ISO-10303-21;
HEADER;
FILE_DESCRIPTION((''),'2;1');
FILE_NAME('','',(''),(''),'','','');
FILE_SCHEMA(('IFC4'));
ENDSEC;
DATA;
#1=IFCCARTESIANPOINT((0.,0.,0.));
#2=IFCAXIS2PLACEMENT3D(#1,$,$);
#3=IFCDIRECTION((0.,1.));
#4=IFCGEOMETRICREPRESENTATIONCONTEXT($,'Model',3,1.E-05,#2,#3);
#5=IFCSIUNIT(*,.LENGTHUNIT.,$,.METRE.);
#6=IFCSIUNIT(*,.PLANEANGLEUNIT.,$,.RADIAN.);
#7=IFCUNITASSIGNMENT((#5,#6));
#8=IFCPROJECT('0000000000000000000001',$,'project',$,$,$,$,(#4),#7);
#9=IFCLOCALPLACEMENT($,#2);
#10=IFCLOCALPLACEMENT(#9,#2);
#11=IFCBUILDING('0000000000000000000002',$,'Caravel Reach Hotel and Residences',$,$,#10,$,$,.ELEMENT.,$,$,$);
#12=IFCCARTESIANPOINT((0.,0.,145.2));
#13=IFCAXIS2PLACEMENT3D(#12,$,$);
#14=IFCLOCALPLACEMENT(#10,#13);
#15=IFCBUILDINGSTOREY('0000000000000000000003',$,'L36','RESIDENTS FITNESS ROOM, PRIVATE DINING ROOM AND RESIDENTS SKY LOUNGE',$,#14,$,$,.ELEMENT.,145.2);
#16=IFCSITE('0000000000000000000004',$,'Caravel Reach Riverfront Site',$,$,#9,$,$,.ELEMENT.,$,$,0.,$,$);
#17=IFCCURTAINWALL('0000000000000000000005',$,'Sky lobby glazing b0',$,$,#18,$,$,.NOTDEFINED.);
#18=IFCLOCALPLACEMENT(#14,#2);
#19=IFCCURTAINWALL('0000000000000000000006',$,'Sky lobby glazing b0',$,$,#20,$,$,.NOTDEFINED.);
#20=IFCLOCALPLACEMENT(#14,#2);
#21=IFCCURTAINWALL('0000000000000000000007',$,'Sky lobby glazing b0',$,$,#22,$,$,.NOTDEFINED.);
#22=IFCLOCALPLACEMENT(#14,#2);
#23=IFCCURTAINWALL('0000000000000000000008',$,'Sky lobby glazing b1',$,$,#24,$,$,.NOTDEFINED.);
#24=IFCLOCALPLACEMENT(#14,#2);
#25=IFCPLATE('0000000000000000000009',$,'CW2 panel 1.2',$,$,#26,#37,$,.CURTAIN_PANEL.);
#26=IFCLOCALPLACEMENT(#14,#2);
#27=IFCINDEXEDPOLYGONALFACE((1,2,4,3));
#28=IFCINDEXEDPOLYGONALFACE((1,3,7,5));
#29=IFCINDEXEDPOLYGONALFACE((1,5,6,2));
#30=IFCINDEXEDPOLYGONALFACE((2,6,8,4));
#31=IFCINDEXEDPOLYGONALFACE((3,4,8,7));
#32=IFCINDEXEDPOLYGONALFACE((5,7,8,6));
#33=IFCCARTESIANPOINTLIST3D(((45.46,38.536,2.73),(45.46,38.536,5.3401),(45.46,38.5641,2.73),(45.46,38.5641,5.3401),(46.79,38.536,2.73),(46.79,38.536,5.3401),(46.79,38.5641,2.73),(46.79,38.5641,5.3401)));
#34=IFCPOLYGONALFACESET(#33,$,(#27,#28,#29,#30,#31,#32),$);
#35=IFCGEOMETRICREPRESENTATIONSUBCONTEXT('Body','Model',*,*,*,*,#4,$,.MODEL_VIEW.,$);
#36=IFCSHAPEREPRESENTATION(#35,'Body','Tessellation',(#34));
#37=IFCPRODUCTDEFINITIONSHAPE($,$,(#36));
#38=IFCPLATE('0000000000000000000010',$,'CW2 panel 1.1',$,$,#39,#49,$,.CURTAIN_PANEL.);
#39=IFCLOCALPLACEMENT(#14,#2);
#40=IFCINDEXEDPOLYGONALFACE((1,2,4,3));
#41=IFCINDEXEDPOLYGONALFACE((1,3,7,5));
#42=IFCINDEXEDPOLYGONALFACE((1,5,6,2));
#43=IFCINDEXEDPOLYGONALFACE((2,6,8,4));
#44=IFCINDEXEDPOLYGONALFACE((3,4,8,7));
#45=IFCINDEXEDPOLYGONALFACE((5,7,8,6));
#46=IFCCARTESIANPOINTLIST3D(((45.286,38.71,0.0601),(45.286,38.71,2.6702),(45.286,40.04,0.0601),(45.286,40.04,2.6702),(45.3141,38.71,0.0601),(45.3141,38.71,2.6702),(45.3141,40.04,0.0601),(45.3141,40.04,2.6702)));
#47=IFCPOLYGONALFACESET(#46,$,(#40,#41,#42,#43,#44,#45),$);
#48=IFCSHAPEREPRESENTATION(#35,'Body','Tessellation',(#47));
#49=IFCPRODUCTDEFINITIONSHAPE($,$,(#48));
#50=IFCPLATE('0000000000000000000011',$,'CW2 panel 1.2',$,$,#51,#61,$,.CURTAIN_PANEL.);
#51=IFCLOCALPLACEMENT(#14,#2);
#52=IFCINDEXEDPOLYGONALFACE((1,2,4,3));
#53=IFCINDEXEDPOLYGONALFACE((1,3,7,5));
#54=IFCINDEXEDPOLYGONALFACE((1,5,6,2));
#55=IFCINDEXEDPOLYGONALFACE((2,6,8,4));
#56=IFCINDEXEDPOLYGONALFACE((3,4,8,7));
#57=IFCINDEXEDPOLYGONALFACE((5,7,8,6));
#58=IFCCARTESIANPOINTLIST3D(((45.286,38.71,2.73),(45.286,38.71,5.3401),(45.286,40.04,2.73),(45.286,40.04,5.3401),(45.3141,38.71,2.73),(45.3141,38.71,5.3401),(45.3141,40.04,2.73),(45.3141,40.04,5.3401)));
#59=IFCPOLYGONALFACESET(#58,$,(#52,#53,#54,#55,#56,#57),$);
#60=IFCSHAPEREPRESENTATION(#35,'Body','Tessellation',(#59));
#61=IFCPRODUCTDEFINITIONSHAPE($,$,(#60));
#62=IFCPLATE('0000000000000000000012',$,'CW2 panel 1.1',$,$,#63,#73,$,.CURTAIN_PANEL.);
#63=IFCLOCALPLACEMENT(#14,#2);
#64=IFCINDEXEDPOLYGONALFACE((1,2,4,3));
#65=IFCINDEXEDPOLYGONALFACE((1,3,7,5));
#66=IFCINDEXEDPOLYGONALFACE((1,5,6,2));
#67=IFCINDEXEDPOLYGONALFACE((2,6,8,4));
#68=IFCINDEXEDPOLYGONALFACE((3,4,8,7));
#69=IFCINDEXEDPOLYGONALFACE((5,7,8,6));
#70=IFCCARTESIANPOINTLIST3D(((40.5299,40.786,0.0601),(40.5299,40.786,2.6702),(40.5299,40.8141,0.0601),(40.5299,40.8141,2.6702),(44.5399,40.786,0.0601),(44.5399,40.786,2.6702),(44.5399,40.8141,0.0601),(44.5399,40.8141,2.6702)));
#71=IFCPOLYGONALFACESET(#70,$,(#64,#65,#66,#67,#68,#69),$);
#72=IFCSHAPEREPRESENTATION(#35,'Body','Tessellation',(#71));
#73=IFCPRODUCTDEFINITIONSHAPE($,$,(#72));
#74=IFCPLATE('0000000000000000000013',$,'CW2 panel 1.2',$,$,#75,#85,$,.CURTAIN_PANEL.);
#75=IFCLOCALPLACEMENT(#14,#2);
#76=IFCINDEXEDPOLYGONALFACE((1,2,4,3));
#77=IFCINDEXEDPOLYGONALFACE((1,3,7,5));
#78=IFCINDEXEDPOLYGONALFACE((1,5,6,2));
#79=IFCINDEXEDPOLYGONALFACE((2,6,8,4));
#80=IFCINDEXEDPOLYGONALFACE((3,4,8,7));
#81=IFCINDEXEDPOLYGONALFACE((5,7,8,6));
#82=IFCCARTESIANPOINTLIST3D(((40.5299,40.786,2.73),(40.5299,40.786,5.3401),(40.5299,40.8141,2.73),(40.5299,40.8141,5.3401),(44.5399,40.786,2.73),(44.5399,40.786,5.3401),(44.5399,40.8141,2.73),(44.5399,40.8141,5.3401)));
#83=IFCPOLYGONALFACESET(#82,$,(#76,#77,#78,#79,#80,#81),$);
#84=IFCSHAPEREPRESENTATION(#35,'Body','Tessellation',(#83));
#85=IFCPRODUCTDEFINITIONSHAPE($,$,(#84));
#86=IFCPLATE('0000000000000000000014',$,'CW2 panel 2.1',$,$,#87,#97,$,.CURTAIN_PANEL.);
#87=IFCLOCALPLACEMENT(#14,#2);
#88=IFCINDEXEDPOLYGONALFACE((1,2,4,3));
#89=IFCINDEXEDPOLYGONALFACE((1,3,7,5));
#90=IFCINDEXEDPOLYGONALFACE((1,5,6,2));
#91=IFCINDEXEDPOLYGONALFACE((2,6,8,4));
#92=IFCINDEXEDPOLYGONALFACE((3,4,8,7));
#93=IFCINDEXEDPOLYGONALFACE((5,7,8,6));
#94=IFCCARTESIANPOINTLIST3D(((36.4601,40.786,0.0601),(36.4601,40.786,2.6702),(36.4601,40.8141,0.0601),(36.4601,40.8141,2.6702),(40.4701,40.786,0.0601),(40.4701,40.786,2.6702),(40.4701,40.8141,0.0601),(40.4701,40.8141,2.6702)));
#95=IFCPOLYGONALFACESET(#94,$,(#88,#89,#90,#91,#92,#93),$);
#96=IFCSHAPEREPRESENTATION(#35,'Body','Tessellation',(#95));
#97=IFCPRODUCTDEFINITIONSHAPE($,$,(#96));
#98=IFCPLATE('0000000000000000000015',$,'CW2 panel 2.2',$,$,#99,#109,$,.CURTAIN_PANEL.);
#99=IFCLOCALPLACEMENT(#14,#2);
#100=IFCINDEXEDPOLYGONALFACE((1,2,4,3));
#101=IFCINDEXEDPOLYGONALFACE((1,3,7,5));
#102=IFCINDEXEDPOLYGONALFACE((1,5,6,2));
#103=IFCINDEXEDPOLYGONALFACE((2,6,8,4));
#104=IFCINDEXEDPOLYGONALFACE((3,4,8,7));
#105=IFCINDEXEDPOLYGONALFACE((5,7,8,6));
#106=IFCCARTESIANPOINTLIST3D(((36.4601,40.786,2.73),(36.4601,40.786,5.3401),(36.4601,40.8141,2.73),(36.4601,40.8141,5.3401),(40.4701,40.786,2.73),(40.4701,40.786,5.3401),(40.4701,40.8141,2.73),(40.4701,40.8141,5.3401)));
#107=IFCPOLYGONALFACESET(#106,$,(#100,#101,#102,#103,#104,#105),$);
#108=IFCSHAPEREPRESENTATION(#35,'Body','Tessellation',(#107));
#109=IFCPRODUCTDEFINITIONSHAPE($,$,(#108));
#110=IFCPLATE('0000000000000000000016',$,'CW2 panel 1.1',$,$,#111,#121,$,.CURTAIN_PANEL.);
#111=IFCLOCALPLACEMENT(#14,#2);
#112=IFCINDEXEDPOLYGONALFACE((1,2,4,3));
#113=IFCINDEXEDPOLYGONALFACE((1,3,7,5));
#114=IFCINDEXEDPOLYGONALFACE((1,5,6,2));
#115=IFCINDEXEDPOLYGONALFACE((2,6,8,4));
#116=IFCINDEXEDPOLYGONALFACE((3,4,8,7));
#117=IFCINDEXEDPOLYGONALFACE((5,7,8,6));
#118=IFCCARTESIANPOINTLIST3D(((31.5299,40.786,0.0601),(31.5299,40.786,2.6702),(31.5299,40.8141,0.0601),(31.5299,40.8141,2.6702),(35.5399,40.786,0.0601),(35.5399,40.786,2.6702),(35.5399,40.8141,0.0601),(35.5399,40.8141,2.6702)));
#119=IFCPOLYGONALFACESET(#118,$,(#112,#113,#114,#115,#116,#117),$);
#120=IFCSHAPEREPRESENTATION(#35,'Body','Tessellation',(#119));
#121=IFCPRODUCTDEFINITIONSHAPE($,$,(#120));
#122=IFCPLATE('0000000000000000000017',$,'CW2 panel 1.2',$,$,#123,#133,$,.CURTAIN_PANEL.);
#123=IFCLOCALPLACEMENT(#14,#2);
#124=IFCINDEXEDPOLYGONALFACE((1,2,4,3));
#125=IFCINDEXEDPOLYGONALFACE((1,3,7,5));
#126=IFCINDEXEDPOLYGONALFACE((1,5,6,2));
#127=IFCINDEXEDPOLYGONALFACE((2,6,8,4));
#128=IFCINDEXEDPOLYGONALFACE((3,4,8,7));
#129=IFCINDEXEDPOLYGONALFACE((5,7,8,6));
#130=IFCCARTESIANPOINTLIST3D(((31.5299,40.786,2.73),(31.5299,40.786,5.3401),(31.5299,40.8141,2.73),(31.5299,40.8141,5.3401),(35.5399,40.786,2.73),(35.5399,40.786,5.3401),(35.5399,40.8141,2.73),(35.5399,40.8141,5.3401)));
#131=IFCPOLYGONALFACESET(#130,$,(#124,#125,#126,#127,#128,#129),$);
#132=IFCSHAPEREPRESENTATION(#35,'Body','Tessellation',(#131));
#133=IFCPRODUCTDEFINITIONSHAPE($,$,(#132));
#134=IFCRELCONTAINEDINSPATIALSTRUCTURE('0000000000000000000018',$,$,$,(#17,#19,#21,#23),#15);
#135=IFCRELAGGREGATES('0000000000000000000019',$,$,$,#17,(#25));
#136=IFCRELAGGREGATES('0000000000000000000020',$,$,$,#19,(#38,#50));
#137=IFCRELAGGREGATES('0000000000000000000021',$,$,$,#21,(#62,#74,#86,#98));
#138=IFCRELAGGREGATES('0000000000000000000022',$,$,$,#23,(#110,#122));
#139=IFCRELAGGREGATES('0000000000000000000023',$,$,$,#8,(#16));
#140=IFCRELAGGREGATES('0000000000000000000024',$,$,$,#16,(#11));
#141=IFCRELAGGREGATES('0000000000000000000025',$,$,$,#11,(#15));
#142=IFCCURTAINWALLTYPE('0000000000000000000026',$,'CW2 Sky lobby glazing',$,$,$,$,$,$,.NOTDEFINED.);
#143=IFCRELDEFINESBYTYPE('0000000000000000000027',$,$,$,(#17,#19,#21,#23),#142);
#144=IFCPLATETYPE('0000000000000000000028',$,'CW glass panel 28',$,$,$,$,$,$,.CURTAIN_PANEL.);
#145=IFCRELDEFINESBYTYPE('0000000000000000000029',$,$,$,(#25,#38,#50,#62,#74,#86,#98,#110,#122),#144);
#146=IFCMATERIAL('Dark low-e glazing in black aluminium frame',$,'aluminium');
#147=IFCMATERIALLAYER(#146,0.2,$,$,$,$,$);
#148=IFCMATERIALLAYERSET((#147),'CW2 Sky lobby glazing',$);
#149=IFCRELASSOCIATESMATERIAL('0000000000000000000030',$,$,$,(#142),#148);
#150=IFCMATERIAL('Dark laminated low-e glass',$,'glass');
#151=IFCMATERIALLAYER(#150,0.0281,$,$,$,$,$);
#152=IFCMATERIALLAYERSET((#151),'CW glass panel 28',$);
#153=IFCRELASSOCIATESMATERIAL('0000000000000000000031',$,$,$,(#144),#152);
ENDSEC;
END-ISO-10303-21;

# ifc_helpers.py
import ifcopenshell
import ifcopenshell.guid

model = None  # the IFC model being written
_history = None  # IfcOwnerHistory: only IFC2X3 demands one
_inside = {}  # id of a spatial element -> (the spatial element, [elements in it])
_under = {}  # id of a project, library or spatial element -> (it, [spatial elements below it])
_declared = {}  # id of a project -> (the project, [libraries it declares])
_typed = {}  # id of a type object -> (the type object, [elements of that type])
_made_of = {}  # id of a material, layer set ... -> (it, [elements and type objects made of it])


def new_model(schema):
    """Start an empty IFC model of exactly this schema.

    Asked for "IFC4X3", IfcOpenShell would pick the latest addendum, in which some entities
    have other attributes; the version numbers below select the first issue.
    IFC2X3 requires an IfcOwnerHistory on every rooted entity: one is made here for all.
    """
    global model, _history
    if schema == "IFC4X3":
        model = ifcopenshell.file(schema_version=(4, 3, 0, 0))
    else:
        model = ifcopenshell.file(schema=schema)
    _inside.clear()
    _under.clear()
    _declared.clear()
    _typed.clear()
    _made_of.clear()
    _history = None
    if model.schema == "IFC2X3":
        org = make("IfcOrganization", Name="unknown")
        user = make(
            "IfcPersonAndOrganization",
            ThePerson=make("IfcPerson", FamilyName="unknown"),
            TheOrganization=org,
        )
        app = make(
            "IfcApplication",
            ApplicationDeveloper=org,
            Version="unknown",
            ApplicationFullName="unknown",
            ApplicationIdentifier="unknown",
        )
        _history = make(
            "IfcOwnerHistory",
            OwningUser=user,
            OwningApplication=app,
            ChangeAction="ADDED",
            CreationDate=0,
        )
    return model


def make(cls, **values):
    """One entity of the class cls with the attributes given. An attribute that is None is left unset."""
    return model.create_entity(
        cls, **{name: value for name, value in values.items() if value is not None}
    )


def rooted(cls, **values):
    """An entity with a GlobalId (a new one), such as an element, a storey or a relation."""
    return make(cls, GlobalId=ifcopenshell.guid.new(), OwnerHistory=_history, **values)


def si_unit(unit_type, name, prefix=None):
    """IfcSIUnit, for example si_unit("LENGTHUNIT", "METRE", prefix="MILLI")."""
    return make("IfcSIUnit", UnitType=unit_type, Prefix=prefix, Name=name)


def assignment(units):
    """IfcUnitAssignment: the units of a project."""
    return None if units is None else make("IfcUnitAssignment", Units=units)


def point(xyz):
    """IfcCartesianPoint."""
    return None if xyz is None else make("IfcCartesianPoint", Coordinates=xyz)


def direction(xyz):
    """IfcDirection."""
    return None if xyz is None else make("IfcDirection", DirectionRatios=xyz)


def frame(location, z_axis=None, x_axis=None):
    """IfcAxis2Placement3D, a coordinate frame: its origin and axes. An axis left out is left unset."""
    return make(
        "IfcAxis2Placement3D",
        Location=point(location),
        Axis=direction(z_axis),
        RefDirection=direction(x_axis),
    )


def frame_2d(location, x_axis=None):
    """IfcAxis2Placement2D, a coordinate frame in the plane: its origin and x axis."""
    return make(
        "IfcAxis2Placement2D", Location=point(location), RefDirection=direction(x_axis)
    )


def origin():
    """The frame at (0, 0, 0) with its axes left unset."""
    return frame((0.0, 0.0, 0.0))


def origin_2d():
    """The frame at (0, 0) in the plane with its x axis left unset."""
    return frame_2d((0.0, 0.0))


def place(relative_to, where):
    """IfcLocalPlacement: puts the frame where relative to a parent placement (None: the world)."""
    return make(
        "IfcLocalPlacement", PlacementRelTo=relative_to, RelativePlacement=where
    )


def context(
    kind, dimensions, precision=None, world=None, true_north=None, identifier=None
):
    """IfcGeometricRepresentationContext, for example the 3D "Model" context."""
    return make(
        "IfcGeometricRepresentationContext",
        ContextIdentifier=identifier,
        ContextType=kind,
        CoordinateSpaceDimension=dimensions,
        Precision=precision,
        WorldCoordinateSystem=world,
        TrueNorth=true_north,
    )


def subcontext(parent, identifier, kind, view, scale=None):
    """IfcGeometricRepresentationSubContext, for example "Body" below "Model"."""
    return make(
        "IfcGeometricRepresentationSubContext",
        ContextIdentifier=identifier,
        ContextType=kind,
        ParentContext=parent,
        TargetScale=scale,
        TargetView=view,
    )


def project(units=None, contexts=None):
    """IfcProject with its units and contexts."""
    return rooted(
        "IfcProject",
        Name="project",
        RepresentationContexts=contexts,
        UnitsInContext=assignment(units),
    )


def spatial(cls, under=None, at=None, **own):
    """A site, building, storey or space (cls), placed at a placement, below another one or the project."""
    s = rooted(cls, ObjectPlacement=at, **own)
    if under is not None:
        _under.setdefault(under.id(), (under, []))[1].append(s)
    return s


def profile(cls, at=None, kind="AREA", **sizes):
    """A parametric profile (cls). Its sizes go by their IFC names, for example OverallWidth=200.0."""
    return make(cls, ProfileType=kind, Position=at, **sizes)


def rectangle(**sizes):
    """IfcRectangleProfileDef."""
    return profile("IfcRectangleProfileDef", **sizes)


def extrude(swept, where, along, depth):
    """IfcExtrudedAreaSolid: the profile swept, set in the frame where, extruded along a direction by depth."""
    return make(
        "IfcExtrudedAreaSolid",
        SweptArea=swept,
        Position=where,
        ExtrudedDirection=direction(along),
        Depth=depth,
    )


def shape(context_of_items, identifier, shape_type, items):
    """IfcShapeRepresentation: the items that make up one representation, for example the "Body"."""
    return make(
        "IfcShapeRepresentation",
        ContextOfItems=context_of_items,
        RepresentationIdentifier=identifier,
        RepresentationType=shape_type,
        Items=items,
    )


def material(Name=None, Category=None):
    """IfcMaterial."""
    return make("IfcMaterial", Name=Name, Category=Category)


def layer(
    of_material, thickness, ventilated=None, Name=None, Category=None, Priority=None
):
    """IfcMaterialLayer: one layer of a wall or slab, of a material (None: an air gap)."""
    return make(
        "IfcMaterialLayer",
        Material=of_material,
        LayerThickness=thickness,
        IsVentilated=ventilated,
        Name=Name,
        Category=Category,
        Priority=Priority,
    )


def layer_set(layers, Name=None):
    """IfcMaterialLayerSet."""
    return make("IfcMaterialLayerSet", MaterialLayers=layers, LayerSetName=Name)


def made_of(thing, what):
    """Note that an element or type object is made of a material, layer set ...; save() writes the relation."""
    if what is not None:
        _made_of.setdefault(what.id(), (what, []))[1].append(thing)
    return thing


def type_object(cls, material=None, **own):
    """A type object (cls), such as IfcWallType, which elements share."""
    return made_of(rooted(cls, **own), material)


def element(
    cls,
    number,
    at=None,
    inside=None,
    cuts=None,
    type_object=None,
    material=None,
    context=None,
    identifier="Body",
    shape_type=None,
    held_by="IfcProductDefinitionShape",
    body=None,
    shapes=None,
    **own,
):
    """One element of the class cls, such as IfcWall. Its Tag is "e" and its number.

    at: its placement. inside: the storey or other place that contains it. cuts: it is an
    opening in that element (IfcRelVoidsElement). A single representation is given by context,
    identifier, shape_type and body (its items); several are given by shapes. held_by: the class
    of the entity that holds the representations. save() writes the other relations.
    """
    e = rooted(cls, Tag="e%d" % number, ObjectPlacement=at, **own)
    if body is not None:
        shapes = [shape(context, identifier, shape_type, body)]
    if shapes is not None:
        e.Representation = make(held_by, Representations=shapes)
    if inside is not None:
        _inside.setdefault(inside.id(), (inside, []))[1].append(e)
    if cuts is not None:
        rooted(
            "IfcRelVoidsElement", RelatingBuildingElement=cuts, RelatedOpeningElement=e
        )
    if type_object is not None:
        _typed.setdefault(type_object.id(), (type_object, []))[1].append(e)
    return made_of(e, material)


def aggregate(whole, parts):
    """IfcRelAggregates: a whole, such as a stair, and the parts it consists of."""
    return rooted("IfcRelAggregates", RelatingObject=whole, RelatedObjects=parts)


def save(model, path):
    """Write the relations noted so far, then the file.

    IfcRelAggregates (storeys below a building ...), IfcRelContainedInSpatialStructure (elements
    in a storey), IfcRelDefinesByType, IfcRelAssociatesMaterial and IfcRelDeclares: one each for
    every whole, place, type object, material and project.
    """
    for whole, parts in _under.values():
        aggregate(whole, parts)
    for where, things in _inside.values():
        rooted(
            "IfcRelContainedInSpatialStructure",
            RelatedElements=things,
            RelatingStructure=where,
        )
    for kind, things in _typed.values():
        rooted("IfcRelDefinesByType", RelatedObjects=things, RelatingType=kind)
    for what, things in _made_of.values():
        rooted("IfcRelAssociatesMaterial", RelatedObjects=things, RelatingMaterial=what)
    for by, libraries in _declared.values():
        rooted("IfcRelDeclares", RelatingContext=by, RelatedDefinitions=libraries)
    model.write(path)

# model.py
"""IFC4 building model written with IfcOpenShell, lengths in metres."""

from ifc_helpers import new_model, si_unit, direction, frame, origin, origin_2d, place, context, subcontext, project, spatial, rectangle, extrude, material, layer, layer_set, type_object, element, aggregate, save


model = new_model("IFC4")

# Units and contexts
model_context = context("Model", 3, precision=1e-05, world=origin(), true_north=direction((0.0, 1.0)))
body_context = subcontext(model_context, "Body", "Model", "MODEL_VIEW")
ifc_project = project(units=[si_unit("LENGTHUNIT", "METRE"), si_unit("PLANEANGLEUNIT", "RADIAN")], contexts=[model_context])

# Site, building, storey
site_placement = place(None, origin())
site = spatial("IfcSite", under=ifc_project, at=site_placement, Name="Caravel Reach Riverfront Site", CompositionType="ELEMENT", RefElevation=0.0)
building_placement = place(site_placement, origin())
building = spatial("IfcBuilding", under=site, at=building_placement, Name="Caravel Reach Hotel and Residences", CompositionType="ELEMENT")
storey_placement = place(building_placement, frame((0.0, 0.0, 145.2)))
storey = spatial("IfcBuildingStorey", under=building, at=storey_placement, Name="L36", Description="RESIDENTS FITNESS ROOM, PRIVATE DINING ROOM AND RESIDENTS SKY LOUNGE", CompositionType="ELEMENT", Elevation=145.2)

# Curtain walls
ifc_material_1 = material(Name="Dark low-e glazing in black aluminium frame", Category="aluminium")
ifc_layer_1 = layer(ifc_material_1, 0.2)
ifc_layer_set_1 = layer_set([ifc_layer_1], Name="CW2 Sky lobby glazing")
curtain_wall_type = type_object("IfcCurtainWallType", Name="CW2 Sky lobby glazing", PredefinedType="NOTDEFINED", material=ifc_layer_set_1)
curtain_wall_1_placement = place(storey_placement, origin())
curtain_wall_1 = element("IfcCurtainWall", 1, at=curtain_wall_1_placement, inside=storey, type_object=curtain_wall_type, Name="Sky lobby glazing b0", PredefinedType="NOTDEFINED")
curtain_wall_2_placement = place(storey_placement, origin())
curtain_wall_2 = element("IfcCurtainWall", 2, at=curtain_wall_2_placement, inside=storey, type_object=curtain_wall_type, Name="Sky lobby glazing b0", PredefinedType="NOTDEFINED")
curtain_wall_3_placement = place(storey_placement, origin())
curtain_wall_3 = element("IfcCurtainWall", 3, at=curtain_wall_3_placement, inside=storey, type_object=curtain_wall_type, Name="Sky lobby glazing b0", PredefinedType="NOTDEFINED")
curtain_wall_4_placement = place(storey_placement, origin())
curtain_wall_4 = element("IfcCurtainWall", 4, at=curtain_wall_4_placement, inside=storey, type_object=curtain_wall_type, Name="Sky lobby glazing b1", PredefinedType="NOTDEFINED")

# Plates
ifc_material_2 = material(Name="Dark laminated low-e glass", Category="glass")
ifc_layer_2 = layer(ifc_material_2, 0.0281)
ifc_layer_set_2 = layer_set([ifc_layer_2], Name="CW glass panel 28")
plate_type = type_object("IfcPlateType", Name="CW glass panel 28", PredefinedType="CURTAIN_PANEL", material=ifc_layer_set_2)
plate_1_placement = place(storey_placement, frame((46.125, 38.55, 2.73), z_axis=(0.0, 0.0, 1.0), x_axis=(-1.0, 0.0, 0.0)))
plate_1 = element("IfcPlate", 5, at=plate_1_placement, type_object=plate_type, Name="CW2 panel 1.2", PredefinedType="CURTAIN_PANEL", context=body_context, shape_type="SweptSolid", body=[
    extrude(rectangle(XDim=1.3301, YDim=0.0281, at=origin_2d()), origin(), (0.0, 0.0, 1.0), 2.6101),
])
aggregate(curtain_wall_1, [plate_1])
plate_2_placement = place(storey_placement, frame((45.3, 39.375, 0.0601), z_axis=(0.0, 0.0, 1.0), x_axis=(0.0, 1.0, 0.0)))
plate_2 = element("IfcPlate", 6, at=plate_2_placement, type_object=plate_type, Name="CW2 panel 1.1", PredefinedType="CURTAIN_PANEL", context=body_context, shape_type="SweptSolid", body=[
    extrude(rectangle(XDim=1.3301, YDim=0.0281, at=origin_2d()), origin(), (0.0, 0.0, 1.0), 2.6101),
])
plate_3_placement = place(storey_placement, frame((45.3, 39.375, 2.73), z_axis=(0.0, 0.0, 1.0), x_axis=(0.0, 1.0, 0.0)))
plate_3 = element("IfcPlate", 7, at=plate_3_placement, type_object=plate_type, Name="CW2 panel 1.2", PredefinedType="CURTAIN_PANEL", context=body_context, shape_type="SweptSolid", body=[
    extrude(rectangle(XDim=1.3301, YDim=0.0281, at=origin_2d()), origin(), (0.0, 0.0, 1.0), 2.6101),
])
aggregate(curtain_wall_2, [plate_2, plate_3])
plate_4_placement = place(storey_placement, frame((42.5349, 40.8, 0.0601), z_axis=(0.0, 0.0, 1.0), x_axis=(-1.0, 0.0, 0.0)))
plate_4 = element("IfcPlate", 8, at=plate_4_placement, type_object=plate_type, Name="CW2 panel 1.1", PredefinedType="CURTAIN_PANEL", context=body_context, shape_type="SweptSolid", body=[
    extrude(rectangle(XDim=4.01, YDim=0.0281, at=origin_2d()), origin(), (0.0, 0.0, 1.0), 2.6101),
])
plate_5_placement = place(storey_placement, frame((42.5349, 40.8, 2.73), z_axis=(0.0, 0.0, 1.0), x_axis=(-1.0, 0.0, 0.0)))
plate_5 = element("IfcPlate", 9, at=plate_5_placement, type_object=plate_type, Name="CW2 panel 1.2", PredefinedType="CURTAIN_PANEL", context=body_context, shape_type="SweptSolid", body=[
    extrude(rectangle(XDim=4.01, YDim=0.0281, at=origin_2d()), origin(), (0.0, 0.0, 1.0), 2.6101),
])
plate_6_placement = place(storey_placement, frame((38.4651, 40.8, 0.0601), z_axis=(0.0, 0.0, 1.0), x_axis=(-1.0, 0.0, 0.0)))
plate_6 = element("IfcPlate", 10, at=plate_6_placement, type_object=plate_type, Name="CW2 panel 2.1", PredefinedType="CURTAIN_PANEL", context=body_context, shape_type="SweptSolid", body=[
    extrude(rectangle(XDim=4.01, YDim=0.0281, at=origin_2d()), origin(), (0.0, 0.0, 1.0), 2.6101),
])
plate_7_placement = place(storey_placement, frame((38.4651, 40.8, 2.73), z_axis=(0.0, 0.0, 1.0), x_axis=(-1.0, 0.0, 0.0)))
plate_7 = element("IfcPlate", 11, at=plate_7_placement, type_object=plate_type, Name="CW2 panel 2.2", PredefinedType="CURTAIN_PANEL", context=body_context, shape_type="SweptSolid", body=[
    extrude(rectangle(XDim=4.01, YDim=0.0281, at=origin_2d()), origin(), (0.0, 0.0, 1.0), 2.6101),
])
aggregate(curtain_wall_3, [plate_4, plate_5, plate_6, plate_7])
plate_8_placement = place(storey_placement, frame((33.5349, 40.8, 0.0601), z_axis=(0.0, 0.0, 1.0), x_axis=(-1.0, 0.0, 0.0)))
plate_8 = element("IfcPlate", 12, at=plate_8_placement, type_object=plate_type, Name="CW2 panel 1.1", PredefinedType="CURTAIN_PANEL", context=body_context, shape_type="SweptSolid", body=[
    extrude(rectangle(XDim=4.01, YDim=0.0281, at=origin_2d()), origin(), (0.0, 0.0, 1.0), 2.6101),
])
plate_9_placement = place(storey_placement, frame((33.5349, 40.8, 2.73), z_axis=(0.0, 0.0, 1.0), x_axis=(-1.0, 0.0, 0.0)))
plate_9 = element("IfcPlate", 13, at=plate_9_placement, type_object=plate_type, Name="CW2 panel 1.2", PredefinedType="CURTAIN_PANEL", context=body_context, shape_type="SweptSolid", body=[
    extrude(rectangle(XDim=4.01, YDim=0.0281, at=origin_2d()), origin(), (0.0, 0.0, 1.0), 2.6101),
])
aggregate(curtain_wall_4, [plate_8, plate_9])

save(model, "model.ifc")
